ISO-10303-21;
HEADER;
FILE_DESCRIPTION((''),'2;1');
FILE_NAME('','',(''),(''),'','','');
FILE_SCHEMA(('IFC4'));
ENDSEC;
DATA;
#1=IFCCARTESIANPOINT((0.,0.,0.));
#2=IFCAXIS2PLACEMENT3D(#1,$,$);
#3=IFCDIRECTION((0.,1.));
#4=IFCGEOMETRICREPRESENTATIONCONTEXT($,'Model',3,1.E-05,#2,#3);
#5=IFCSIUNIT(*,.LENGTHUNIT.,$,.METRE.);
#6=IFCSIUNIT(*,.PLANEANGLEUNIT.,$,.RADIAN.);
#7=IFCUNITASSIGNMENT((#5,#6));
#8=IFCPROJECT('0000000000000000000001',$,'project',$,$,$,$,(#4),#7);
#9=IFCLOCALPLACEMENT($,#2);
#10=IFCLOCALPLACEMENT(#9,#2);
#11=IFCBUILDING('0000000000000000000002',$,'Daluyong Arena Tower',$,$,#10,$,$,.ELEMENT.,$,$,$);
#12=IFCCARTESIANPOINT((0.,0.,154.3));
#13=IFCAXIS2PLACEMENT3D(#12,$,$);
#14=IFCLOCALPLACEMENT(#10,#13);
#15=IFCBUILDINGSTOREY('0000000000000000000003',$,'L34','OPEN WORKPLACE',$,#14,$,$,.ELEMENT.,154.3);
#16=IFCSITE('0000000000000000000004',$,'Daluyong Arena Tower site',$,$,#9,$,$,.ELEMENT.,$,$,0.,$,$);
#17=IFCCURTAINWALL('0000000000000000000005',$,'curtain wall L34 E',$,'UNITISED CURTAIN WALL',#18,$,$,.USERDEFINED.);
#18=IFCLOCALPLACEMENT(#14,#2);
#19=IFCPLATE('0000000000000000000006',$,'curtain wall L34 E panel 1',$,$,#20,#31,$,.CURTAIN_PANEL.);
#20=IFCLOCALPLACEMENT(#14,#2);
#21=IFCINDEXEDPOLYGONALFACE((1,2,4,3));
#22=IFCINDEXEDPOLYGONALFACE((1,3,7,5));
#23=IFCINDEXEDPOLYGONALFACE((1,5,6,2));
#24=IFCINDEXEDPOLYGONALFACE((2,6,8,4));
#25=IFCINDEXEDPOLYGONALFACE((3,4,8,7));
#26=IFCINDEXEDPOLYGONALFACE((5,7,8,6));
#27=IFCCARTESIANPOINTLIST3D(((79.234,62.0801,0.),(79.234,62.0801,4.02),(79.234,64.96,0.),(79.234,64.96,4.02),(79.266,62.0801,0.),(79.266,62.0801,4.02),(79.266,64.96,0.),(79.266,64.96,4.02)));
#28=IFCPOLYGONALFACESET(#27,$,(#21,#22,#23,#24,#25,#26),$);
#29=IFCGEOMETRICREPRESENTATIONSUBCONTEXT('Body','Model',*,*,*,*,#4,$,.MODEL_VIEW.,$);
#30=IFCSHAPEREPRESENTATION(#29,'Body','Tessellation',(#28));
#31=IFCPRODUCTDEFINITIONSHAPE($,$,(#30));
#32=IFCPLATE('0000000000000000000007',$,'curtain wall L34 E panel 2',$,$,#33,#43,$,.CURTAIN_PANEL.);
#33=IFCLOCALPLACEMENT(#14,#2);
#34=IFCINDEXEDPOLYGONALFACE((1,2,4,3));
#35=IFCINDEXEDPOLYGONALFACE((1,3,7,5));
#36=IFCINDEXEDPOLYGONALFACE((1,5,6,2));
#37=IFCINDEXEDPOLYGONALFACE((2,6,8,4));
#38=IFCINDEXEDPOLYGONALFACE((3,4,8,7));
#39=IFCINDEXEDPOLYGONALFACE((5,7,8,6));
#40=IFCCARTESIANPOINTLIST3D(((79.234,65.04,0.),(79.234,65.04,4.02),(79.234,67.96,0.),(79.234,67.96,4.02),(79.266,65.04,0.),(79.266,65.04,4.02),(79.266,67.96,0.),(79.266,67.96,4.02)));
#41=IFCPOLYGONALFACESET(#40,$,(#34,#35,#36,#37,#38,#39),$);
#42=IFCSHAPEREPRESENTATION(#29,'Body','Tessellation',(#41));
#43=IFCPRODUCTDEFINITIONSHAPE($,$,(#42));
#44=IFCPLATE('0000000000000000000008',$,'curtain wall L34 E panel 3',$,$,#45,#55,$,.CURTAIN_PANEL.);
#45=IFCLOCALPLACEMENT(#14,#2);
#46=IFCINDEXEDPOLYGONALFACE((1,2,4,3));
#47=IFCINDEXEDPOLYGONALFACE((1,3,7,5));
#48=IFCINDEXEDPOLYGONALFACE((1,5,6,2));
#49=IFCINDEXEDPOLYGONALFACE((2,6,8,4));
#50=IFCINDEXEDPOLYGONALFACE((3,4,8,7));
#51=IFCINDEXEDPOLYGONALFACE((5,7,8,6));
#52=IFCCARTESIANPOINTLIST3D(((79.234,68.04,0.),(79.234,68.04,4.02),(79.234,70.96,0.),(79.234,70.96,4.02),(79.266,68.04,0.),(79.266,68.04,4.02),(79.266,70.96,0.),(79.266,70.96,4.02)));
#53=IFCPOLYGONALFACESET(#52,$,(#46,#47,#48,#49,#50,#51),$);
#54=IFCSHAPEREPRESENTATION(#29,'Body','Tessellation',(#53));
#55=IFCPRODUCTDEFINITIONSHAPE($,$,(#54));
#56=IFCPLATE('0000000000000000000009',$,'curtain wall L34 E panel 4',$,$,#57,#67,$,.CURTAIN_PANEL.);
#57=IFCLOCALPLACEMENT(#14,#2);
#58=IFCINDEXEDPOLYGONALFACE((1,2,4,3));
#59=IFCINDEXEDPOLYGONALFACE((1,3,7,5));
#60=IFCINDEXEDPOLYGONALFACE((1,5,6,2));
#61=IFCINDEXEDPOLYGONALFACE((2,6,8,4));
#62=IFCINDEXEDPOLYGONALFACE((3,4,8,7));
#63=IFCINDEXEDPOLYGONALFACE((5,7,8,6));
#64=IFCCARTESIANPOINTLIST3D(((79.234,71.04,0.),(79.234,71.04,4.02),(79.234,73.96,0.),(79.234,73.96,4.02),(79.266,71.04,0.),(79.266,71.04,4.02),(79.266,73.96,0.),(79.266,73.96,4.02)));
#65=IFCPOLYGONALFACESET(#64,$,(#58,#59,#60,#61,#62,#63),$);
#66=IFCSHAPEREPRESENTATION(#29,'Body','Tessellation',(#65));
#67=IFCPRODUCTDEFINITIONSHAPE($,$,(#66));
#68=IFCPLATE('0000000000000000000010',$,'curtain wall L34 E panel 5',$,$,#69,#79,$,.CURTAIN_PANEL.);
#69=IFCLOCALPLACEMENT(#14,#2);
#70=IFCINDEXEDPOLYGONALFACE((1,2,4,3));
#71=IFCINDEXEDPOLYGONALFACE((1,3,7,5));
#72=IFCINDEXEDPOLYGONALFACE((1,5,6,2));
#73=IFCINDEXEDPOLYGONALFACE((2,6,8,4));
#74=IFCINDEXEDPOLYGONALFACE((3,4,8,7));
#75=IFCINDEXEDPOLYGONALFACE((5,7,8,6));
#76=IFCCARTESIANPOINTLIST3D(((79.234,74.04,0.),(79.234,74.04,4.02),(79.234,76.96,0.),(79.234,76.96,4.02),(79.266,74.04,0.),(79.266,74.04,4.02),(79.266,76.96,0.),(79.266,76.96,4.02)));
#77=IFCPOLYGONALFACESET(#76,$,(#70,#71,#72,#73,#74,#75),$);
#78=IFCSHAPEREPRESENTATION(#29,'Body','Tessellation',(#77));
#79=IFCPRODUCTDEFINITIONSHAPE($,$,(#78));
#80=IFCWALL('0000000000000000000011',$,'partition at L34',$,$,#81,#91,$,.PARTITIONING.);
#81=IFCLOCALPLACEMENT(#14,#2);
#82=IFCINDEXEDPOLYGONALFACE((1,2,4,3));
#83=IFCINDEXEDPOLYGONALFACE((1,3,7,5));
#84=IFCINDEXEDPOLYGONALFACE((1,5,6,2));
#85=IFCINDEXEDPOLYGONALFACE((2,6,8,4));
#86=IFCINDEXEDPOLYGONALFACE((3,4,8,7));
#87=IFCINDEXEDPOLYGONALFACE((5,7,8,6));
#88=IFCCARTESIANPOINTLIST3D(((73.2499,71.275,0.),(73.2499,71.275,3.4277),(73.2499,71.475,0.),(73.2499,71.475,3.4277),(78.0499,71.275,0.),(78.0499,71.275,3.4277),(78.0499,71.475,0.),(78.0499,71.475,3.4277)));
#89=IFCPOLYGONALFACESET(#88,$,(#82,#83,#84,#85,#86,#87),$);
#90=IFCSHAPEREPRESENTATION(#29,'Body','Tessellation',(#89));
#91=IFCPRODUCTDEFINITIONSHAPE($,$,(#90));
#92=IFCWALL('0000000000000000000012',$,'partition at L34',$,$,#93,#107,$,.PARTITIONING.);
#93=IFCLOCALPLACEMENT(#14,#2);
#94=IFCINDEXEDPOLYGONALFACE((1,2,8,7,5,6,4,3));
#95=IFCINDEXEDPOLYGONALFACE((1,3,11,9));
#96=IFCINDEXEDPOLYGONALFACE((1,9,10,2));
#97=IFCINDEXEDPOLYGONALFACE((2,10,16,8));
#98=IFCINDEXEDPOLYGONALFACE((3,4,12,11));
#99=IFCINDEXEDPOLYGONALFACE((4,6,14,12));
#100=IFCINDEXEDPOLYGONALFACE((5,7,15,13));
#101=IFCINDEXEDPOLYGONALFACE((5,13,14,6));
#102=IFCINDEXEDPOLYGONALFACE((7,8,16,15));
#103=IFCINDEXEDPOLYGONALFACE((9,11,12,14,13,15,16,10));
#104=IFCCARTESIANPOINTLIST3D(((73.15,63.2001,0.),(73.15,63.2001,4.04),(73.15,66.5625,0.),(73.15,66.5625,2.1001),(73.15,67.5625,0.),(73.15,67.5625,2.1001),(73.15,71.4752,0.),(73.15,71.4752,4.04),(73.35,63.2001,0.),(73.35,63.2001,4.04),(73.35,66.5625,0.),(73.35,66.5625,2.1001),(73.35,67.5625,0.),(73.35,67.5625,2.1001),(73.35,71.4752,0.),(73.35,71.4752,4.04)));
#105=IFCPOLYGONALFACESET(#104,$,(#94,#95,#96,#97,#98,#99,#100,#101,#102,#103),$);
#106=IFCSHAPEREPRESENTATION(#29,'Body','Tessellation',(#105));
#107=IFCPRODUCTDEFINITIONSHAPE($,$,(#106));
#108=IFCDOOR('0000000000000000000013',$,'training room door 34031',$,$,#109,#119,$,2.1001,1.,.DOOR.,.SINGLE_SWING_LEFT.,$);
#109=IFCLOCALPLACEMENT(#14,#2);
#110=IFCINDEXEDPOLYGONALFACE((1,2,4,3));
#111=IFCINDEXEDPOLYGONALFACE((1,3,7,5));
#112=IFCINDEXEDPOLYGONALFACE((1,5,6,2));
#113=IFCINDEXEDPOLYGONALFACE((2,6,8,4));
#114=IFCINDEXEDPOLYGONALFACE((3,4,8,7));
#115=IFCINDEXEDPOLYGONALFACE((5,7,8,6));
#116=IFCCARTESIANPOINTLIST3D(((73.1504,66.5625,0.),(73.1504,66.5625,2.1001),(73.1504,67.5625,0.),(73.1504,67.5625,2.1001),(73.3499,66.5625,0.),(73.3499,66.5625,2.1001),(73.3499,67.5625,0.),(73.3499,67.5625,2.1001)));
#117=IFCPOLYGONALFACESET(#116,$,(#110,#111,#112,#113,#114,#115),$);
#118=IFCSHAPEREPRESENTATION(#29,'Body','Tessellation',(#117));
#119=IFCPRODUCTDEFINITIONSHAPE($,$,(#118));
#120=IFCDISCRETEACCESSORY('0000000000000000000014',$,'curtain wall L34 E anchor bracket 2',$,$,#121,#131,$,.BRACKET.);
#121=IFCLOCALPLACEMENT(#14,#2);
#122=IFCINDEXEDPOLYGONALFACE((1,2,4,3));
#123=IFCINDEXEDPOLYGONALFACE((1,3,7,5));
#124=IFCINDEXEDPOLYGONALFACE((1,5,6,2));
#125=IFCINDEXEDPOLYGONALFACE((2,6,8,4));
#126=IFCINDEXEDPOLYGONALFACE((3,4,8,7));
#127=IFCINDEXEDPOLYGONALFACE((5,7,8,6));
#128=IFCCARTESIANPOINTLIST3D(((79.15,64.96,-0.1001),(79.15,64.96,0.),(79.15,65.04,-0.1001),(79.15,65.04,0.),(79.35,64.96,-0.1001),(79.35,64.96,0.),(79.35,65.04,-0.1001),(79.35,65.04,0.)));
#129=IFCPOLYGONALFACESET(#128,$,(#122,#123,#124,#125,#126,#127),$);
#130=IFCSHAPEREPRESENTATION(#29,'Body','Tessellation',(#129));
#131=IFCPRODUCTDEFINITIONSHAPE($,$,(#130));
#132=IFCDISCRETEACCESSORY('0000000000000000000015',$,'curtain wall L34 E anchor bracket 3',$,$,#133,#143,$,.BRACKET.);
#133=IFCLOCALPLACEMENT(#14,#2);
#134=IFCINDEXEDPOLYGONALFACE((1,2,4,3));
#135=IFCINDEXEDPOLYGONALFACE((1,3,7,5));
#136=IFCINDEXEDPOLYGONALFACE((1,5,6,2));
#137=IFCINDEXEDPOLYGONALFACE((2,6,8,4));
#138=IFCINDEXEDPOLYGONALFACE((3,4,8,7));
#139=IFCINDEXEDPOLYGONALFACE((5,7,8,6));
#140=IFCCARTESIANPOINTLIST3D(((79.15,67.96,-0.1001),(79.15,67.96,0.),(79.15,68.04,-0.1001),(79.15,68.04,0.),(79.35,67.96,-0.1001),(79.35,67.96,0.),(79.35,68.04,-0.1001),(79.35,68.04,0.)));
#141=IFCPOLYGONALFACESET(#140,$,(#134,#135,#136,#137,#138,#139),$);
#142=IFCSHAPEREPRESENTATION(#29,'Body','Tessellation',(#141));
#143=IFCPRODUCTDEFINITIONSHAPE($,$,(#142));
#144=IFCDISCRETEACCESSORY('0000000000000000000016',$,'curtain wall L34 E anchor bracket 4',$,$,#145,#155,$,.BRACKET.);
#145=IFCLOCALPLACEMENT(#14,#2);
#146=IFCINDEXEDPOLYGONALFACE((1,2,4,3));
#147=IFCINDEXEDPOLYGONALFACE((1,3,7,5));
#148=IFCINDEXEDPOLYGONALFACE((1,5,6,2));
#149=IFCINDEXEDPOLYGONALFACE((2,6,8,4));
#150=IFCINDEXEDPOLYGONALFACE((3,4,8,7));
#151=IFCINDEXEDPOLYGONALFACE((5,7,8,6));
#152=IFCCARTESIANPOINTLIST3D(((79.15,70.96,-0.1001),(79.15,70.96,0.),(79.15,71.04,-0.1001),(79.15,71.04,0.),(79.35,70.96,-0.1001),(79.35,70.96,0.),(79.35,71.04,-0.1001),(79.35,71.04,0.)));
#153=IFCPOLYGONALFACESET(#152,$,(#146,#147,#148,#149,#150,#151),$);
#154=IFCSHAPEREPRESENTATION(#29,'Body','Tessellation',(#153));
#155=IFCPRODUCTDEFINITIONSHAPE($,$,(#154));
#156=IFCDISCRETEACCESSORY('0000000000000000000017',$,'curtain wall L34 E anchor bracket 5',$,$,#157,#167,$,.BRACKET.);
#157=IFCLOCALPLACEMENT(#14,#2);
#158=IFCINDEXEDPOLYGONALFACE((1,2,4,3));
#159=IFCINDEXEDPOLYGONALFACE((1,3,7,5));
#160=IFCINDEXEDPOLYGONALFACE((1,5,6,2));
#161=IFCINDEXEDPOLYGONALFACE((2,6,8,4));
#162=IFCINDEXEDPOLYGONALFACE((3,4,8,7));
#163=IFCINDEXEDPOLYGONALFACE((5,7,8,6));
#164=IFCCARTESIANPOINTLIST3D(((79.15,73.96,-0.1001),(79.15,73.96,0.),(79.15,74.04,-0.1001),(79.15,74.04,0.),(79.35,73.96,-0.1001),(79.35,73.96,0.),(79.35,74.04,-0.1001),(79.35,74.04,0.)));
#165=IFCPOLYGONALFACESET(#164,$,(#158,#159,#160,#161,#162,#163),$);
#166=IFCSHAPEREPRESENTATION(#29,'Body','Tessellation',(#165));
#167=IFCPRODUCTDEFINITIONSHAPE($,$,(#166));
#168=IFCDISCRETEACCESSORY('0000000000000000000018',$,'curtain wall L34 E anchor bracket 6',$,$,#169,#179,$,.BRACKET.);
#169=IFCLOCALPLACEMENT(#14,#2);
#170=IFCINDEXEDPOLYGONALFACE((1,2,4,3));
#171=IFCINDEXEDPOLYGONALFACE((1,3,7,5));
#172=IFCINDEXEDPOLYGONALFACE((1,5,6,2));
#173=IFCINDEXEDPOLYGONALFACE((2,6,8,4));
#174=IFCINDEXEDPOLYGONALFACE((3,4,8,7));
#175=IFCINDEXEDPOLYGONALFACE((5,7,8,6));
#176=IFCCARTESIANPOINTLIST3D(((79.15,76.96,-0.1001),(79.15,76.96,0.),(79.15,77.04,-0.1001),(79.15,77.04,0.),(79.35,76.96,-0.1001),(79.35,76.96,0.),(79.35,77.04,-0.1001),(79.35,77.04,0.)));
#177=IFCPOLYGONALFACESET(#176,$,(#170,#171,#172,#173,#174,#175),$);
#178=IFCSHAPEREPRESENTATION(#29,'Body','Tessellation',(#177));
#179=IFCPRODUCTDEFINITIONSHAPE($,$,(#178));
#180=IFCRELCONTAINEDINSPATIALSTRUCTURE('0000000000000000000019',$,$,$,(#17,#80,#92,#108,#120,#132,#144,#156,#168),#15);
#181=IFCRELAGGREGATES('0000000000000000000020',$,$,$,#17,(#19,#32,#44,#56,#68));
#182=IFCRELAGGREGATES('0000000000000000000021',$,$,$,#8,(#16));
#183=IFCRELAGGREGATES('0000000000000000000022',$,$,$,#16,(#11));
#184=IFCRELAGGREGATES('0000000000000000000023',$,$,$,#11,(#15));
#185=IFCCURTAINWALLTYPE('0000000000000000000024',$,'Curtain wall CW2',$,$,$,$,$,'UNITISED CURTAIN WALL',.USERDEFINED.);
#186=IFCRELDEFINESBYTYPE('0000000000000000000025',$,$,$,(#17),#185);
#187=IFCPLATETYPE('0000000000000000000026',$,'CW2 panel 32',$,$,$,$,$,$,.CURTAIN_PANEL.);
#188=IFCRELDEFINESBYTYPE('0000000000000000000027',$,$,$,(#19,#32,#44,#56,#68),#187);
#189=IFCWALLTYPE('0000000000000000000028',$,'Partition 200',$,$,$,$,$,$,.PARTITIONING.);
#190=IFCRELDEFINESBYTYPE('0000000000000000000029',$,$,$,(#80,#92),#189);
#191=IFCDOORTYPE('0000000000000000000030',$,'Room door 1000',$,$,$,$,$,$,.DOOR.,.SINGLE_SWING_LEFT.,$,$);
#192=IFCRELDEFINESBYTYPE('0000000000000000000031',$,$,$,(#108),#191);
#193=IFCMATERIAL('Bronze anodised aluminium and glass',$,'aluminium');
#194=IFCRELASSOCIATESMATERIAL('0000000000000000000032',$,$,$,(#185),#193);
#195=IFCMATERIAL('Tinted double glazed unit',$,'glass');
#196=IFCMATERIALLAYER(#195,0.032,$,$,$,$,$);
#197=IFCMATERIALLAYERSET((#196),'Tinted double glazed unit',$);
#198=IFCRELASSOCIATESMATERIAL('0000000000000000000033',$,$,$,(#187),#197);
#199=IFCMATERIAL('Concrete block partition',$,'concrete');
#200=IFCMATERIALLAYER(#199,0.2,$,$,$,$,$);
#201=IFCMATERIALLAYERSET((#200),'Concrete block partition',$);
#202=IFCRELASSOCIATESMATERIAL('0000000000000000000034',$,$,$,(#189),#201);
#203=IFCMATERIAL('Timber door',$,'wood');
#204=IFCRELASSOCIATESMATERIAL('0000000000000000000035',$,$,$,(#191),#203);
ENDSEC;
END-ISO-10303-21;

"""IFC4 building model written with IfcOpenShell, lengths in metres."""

from ifc_helpers import new_model, si_unit, direction, frame, frame_2d, origin, origin_2d, place, context, subcontext, project, spatial, rectangle, extrude, material, layer, layer_set, type_object, element, fill, aggregate, save


model = new_model("IFC4")

# Units and contexts
model_context = context("Model", 3, precision=1e-05, world=origin(), true_north=direction((0.0, 1.0)))
body_context = subcontext(model_context, "Body", "Model", "MODEL_VIEW")
ifc_project = project(units=[si_unit("LENGTHUNIT", "METRE"), si_unit("PLANEANGLEUNIT", "RADIAN")], contexts=[model_context])

# Site, building, storey
site_placement = place(None, origin())
site = spatial("IfcSite", under=ifc_project, at=site_placement, Name="Daluyong Arena Tower site", CompositionType="ELEMENT", RefElevation=0.0)
building_placement = place(site_placement, origin())
building = spatial("IfcBuilding", under=site, at=building_placement, Name="Daluyong Arena Tower", CompositionType="ELEMENT")
storey_placement = place(building_placement, frame((0.0, 0.0, 154.3)))
storey = spatial("IfcBuildingStorey", under=building, at=storey_placement, Name="L34", Description="OPEN WORKPLACE", CompositionType="ELEMENT", Elevation=154.3)

# Curtain wall
ifc_material_1 = material(Name="Bronze anodised aluminium and glass", Category="aluminium")
curtain_wall_type = type_object("IfcCurtainWallType", Name="Curtain wall CW2", ElementType="UNITISED CURTAIN WALL", PredefinedType="USERDEFINED", material=ifc_material_1)
curtain_wall_placement = place(storey_placement, origin())
curtain_wall = element("IfcCurtainWall", 1, at=curtain_wall_placement, inside=storey, type_object=curtain_wall_type, Name="curtain wall L34 E", ObjectType="UNITISED CURTAIN WALL", PredefinedType="USERDEFINED")

# Plates
ifc_material_2 = material(Name="Tinted double glazed unit", Category="glass")
ifc_layer_1 = layer(ifc_material_2, 0.032)
ifc_layer_set_1 = layer_set([ifc_layer_1], Name="Tinted double glazed unit")
plate_type = type_object("IfcPlateType", Name="CW2 panel 32", PredefinedType="CURTAIN_PANEL", material=ifc_layer_set_1)
plate_1_placement = place(storey_placement, frame((79.25, 63.52, 0.0), z_axis=(0.0, 0.0, 1.0), x_axis=(0.0, 1.0, 0.0)))
plate_1 = element("IfcPlate", 2, at=plate_1_placement, type_object=plate_type, Name="curtain wall L34 E panel 1", PredefinedType="CURTAIN_PANEL", context=body_context, shape_type="SweptSolid", body=[
    extrude(rectangle(XDim=2.8799, YDim=0.032, at=origin_2d()), origin(), (0.0, 0.0, 1.0), 4.02),
])
plate_2_placement = place(storey_placement, frame((79.25, 66.5, 0.0), z_axis=(0.0, 0.0, 1.0), x_axis=(0.0, 1.0, 0.0)))
plate_2 = element("IfcPlate", 3, at=plate_2_placement, type_object=plate_type, Name="curtain wall L34 E panel 2", PredefinedType="CURTAIN_PANEL", context=body_context, shape_type="SweptSolid", body=[
    extrude(rectangle(XDim=2.9199, YDim=0.032, at=origin_2d()), origin(), (0.0, 0.0, 1.0), 4.02),
])
plate_3_placement = place(storey_placement, frame((79.25, 69.5, 0.0), z_axis=(0.0, 0.0, 1.0), x_axis=(0.0, 1.0, 0.0)))
plate_3 = element("IfcPlate", 4, at=plate_3_placement, type_object=plate_type, Name="curtain wall L34 E panel 3", PredefinedType="CURTAIN_PANEL", context=body_context, shape_type="SweptSolid", body=[
    extrude(rectangle(XDim=2.9199, YDim=0.032, at=origin_2d()), origin(), (0.0, 0.0, 1.0), 4.02),
])
plate_4_placement = place(storey_placement, frame((79.25, 72.5, 0.0), z_axis=(0.0, 0.0, 1.0), x_axis=(0.0, 1.0, 0.0)))
plate_4 = element("IfcPlate", 5, at=plate_4_placement, type_object=plate_type, Name="curtain wall L34 E panel 4", PredefinedType="CURTAIN_PANEL", context=body_context, shape_type="SweptSolid", body=[
    extrude(rectangle(XDim=2.9199, YDim=0.032, at=origin_2d()), origin(), (0.0, 0.0, 1.0), 4.02),
])
plate_5_placement = place(storey_placement, frame((79.25, 75.5, 0.0), z_axis=(0.0, 0.0, 1.0), x_axis=(0.0, 1.0, 0.0)))
plate_5 = element("IfcPlate", 6, at=plate_5_placement, type_object=plate_type, Name="curtain wall L34 E panel 5", PredefinedType="CURTAIN_PANEL", context=body_context, shape_type="SweptSolid", body=[
    extrude(rectangle(XDim=2.9199, YDim=0.032, at=origin_2d()), origin(), (0.0, 0.0, 1.0), 4.02),
])
aggregate(curtain_wall, [plate_1, plate_2, plate_3, plate_4, plate_5])

# Wall
ifc_material_3 = material(Name="Concrete block partition", Category="concrete")
ifc_layer_2 = layer(ifc_material_3, 0.2)
ifc_layer_set_2 = layer_set([ifc_layer_2], Name="Concrete block partition")
wall_type = type_object("IfcWallType", Name="Partition 200", PredefinedType="PARTITIONING", material=ifc_layer_set_2)
wall_1_placement = place(storey_placement, frame((73.25, 71.375, 0.0), z_axis=(0.0, 0.0, 1.0), x_axis=(1.0, 0.0, 0.0)))
element("IfcWall", 7, at=wall_1_placement, inside=storey, type_object=wall_type, Name="partition at L34", PredefinedType="PARTITIONING", context=body_context, shape_type="SweptSolid", body=[
    extrude(rectangle(XDim=4.8, YDim=0.2, at=frame_2d((2.3999, 0.0))), origin(), (0.0, 0.0, 1.0), 3.4277),
])

# Wall, opening, door
wall_2_placement = place(storey_placement, frame((73.25, 63.2, 0.0), z_axis=(0.0, 0.0, 1.0), x_axis=(0.0, 1.0, 0.0)))
wall_2 = element("IfcWall", 8, at=wall_2_placement, inside=storey, type_object=wall_type, Name="partition at L34", PredefinedType="PARTITIONING", context=body_context, shape_type="SweptSolid", body=[
    extrude(rectangle(XDim=8.2751, YDim=0.2, at=frame_2d((4.1377, 0.0))), origin(), (0.0, 0.0, 1.0), 4.04),
])
opening_placement = place(wall_2_placement, frame((3.3625, 0.0, 0.0)))
opening = element("IfcOpeningElement", 9, at=opening_placement, cuts=wall_2, PredefinedType="OPENING", context=body_context, shape_type="SweptSolid", body=[
    extrude(rectangle(XDim=1.0, YDim=2.1001, at=frame_2d((0.5, 1.05))), frame((0.0, 0.1099, 0.0), z_axis=(0.0, -1.0, 0.0), x_axis=(1.0, 0.0, 0.0)), (0.0, 0.0, 1.0), 0.22),
])
ifc_material_4 = material(Name="Timber door", Category="wood")
door_type = type_object("IfcDoorType", Name="Room door 1000", OperationType="SINGLE_SWING_LEFT", PredefinedType="DOOR", material=ifc_material_4)
door_placement = place(opening_placement, origin())
door = element("IfcDoor", 10, at=door_placement, inside=storey, type_object=door_type, Name="training room door 34031", OperationType="SINGLE_SWING_LEFT", OverallHeight=2.1001, OverallWidth=1.0, PredefinedType="DOOR", context=body_context, shape_type="SweptSolid", body=[
    extrude(rectangle(XDim=1.0, YDim=2.1001, at=frame_2d((0.5, 1.05))), frame((0.0, 0.0996, 0.0), z_axis=(0.0, -1.0, 0.0), x_axis=(1.0, 0.0, 0.0)), (0.0, 0.0, 1.0), 0.1995),
])
fill(opening, door)

# Discrete accessories
for number, where, z_axis, x_axis, name in (
    (11, (79.25, 65.0, -0.1001), (0.0, 0.0, 1.0), (0.0, 1.0, 0.0), "curtain wall L34 E anchor bracket 2"),
    (12, (79.25, 68.0, -0.1001), (0.0, 0.0, 1.0), (0.0, 1.0, 0.0), "curtain wall L34 E anchor bracket 3"),
    (13, (79.25, 71.0, -0.1001), (0.0, 0.0, 1.0), (0.0, 1.0, 0.0), "curtain wall L34 E anchor bracket 4"),
    (14, (79.25, 74.0, -0.1001), (0.0, 0.0, 1.0), (0.0, 1.0, 0.0), "curtain wall L34 E anchor bracket 5"),
    (15, (79.25, 77.0, -0.1001), (0.0, 0.0, 1.0), (0.0, 1.0, 0.0), "curtain wall L34 E anchor bracket 6"),
):
    element("IfcDiscreteAccessory", number, at=place(storey_placement, frame(where, z_axis=z_axis, x_axis=x_axis)), inside=storey, Name=name, PredefinedType="BRACKET", context=body_context, shape_type="SweptSolid", body=[
        extrude(rectangle(XDim=0.0801, YDim=0.2, at=origin_2d()), origin(), (0.0, 0.0, 1.0), 0.1001),
    ])

save(model, "model.ifc")
